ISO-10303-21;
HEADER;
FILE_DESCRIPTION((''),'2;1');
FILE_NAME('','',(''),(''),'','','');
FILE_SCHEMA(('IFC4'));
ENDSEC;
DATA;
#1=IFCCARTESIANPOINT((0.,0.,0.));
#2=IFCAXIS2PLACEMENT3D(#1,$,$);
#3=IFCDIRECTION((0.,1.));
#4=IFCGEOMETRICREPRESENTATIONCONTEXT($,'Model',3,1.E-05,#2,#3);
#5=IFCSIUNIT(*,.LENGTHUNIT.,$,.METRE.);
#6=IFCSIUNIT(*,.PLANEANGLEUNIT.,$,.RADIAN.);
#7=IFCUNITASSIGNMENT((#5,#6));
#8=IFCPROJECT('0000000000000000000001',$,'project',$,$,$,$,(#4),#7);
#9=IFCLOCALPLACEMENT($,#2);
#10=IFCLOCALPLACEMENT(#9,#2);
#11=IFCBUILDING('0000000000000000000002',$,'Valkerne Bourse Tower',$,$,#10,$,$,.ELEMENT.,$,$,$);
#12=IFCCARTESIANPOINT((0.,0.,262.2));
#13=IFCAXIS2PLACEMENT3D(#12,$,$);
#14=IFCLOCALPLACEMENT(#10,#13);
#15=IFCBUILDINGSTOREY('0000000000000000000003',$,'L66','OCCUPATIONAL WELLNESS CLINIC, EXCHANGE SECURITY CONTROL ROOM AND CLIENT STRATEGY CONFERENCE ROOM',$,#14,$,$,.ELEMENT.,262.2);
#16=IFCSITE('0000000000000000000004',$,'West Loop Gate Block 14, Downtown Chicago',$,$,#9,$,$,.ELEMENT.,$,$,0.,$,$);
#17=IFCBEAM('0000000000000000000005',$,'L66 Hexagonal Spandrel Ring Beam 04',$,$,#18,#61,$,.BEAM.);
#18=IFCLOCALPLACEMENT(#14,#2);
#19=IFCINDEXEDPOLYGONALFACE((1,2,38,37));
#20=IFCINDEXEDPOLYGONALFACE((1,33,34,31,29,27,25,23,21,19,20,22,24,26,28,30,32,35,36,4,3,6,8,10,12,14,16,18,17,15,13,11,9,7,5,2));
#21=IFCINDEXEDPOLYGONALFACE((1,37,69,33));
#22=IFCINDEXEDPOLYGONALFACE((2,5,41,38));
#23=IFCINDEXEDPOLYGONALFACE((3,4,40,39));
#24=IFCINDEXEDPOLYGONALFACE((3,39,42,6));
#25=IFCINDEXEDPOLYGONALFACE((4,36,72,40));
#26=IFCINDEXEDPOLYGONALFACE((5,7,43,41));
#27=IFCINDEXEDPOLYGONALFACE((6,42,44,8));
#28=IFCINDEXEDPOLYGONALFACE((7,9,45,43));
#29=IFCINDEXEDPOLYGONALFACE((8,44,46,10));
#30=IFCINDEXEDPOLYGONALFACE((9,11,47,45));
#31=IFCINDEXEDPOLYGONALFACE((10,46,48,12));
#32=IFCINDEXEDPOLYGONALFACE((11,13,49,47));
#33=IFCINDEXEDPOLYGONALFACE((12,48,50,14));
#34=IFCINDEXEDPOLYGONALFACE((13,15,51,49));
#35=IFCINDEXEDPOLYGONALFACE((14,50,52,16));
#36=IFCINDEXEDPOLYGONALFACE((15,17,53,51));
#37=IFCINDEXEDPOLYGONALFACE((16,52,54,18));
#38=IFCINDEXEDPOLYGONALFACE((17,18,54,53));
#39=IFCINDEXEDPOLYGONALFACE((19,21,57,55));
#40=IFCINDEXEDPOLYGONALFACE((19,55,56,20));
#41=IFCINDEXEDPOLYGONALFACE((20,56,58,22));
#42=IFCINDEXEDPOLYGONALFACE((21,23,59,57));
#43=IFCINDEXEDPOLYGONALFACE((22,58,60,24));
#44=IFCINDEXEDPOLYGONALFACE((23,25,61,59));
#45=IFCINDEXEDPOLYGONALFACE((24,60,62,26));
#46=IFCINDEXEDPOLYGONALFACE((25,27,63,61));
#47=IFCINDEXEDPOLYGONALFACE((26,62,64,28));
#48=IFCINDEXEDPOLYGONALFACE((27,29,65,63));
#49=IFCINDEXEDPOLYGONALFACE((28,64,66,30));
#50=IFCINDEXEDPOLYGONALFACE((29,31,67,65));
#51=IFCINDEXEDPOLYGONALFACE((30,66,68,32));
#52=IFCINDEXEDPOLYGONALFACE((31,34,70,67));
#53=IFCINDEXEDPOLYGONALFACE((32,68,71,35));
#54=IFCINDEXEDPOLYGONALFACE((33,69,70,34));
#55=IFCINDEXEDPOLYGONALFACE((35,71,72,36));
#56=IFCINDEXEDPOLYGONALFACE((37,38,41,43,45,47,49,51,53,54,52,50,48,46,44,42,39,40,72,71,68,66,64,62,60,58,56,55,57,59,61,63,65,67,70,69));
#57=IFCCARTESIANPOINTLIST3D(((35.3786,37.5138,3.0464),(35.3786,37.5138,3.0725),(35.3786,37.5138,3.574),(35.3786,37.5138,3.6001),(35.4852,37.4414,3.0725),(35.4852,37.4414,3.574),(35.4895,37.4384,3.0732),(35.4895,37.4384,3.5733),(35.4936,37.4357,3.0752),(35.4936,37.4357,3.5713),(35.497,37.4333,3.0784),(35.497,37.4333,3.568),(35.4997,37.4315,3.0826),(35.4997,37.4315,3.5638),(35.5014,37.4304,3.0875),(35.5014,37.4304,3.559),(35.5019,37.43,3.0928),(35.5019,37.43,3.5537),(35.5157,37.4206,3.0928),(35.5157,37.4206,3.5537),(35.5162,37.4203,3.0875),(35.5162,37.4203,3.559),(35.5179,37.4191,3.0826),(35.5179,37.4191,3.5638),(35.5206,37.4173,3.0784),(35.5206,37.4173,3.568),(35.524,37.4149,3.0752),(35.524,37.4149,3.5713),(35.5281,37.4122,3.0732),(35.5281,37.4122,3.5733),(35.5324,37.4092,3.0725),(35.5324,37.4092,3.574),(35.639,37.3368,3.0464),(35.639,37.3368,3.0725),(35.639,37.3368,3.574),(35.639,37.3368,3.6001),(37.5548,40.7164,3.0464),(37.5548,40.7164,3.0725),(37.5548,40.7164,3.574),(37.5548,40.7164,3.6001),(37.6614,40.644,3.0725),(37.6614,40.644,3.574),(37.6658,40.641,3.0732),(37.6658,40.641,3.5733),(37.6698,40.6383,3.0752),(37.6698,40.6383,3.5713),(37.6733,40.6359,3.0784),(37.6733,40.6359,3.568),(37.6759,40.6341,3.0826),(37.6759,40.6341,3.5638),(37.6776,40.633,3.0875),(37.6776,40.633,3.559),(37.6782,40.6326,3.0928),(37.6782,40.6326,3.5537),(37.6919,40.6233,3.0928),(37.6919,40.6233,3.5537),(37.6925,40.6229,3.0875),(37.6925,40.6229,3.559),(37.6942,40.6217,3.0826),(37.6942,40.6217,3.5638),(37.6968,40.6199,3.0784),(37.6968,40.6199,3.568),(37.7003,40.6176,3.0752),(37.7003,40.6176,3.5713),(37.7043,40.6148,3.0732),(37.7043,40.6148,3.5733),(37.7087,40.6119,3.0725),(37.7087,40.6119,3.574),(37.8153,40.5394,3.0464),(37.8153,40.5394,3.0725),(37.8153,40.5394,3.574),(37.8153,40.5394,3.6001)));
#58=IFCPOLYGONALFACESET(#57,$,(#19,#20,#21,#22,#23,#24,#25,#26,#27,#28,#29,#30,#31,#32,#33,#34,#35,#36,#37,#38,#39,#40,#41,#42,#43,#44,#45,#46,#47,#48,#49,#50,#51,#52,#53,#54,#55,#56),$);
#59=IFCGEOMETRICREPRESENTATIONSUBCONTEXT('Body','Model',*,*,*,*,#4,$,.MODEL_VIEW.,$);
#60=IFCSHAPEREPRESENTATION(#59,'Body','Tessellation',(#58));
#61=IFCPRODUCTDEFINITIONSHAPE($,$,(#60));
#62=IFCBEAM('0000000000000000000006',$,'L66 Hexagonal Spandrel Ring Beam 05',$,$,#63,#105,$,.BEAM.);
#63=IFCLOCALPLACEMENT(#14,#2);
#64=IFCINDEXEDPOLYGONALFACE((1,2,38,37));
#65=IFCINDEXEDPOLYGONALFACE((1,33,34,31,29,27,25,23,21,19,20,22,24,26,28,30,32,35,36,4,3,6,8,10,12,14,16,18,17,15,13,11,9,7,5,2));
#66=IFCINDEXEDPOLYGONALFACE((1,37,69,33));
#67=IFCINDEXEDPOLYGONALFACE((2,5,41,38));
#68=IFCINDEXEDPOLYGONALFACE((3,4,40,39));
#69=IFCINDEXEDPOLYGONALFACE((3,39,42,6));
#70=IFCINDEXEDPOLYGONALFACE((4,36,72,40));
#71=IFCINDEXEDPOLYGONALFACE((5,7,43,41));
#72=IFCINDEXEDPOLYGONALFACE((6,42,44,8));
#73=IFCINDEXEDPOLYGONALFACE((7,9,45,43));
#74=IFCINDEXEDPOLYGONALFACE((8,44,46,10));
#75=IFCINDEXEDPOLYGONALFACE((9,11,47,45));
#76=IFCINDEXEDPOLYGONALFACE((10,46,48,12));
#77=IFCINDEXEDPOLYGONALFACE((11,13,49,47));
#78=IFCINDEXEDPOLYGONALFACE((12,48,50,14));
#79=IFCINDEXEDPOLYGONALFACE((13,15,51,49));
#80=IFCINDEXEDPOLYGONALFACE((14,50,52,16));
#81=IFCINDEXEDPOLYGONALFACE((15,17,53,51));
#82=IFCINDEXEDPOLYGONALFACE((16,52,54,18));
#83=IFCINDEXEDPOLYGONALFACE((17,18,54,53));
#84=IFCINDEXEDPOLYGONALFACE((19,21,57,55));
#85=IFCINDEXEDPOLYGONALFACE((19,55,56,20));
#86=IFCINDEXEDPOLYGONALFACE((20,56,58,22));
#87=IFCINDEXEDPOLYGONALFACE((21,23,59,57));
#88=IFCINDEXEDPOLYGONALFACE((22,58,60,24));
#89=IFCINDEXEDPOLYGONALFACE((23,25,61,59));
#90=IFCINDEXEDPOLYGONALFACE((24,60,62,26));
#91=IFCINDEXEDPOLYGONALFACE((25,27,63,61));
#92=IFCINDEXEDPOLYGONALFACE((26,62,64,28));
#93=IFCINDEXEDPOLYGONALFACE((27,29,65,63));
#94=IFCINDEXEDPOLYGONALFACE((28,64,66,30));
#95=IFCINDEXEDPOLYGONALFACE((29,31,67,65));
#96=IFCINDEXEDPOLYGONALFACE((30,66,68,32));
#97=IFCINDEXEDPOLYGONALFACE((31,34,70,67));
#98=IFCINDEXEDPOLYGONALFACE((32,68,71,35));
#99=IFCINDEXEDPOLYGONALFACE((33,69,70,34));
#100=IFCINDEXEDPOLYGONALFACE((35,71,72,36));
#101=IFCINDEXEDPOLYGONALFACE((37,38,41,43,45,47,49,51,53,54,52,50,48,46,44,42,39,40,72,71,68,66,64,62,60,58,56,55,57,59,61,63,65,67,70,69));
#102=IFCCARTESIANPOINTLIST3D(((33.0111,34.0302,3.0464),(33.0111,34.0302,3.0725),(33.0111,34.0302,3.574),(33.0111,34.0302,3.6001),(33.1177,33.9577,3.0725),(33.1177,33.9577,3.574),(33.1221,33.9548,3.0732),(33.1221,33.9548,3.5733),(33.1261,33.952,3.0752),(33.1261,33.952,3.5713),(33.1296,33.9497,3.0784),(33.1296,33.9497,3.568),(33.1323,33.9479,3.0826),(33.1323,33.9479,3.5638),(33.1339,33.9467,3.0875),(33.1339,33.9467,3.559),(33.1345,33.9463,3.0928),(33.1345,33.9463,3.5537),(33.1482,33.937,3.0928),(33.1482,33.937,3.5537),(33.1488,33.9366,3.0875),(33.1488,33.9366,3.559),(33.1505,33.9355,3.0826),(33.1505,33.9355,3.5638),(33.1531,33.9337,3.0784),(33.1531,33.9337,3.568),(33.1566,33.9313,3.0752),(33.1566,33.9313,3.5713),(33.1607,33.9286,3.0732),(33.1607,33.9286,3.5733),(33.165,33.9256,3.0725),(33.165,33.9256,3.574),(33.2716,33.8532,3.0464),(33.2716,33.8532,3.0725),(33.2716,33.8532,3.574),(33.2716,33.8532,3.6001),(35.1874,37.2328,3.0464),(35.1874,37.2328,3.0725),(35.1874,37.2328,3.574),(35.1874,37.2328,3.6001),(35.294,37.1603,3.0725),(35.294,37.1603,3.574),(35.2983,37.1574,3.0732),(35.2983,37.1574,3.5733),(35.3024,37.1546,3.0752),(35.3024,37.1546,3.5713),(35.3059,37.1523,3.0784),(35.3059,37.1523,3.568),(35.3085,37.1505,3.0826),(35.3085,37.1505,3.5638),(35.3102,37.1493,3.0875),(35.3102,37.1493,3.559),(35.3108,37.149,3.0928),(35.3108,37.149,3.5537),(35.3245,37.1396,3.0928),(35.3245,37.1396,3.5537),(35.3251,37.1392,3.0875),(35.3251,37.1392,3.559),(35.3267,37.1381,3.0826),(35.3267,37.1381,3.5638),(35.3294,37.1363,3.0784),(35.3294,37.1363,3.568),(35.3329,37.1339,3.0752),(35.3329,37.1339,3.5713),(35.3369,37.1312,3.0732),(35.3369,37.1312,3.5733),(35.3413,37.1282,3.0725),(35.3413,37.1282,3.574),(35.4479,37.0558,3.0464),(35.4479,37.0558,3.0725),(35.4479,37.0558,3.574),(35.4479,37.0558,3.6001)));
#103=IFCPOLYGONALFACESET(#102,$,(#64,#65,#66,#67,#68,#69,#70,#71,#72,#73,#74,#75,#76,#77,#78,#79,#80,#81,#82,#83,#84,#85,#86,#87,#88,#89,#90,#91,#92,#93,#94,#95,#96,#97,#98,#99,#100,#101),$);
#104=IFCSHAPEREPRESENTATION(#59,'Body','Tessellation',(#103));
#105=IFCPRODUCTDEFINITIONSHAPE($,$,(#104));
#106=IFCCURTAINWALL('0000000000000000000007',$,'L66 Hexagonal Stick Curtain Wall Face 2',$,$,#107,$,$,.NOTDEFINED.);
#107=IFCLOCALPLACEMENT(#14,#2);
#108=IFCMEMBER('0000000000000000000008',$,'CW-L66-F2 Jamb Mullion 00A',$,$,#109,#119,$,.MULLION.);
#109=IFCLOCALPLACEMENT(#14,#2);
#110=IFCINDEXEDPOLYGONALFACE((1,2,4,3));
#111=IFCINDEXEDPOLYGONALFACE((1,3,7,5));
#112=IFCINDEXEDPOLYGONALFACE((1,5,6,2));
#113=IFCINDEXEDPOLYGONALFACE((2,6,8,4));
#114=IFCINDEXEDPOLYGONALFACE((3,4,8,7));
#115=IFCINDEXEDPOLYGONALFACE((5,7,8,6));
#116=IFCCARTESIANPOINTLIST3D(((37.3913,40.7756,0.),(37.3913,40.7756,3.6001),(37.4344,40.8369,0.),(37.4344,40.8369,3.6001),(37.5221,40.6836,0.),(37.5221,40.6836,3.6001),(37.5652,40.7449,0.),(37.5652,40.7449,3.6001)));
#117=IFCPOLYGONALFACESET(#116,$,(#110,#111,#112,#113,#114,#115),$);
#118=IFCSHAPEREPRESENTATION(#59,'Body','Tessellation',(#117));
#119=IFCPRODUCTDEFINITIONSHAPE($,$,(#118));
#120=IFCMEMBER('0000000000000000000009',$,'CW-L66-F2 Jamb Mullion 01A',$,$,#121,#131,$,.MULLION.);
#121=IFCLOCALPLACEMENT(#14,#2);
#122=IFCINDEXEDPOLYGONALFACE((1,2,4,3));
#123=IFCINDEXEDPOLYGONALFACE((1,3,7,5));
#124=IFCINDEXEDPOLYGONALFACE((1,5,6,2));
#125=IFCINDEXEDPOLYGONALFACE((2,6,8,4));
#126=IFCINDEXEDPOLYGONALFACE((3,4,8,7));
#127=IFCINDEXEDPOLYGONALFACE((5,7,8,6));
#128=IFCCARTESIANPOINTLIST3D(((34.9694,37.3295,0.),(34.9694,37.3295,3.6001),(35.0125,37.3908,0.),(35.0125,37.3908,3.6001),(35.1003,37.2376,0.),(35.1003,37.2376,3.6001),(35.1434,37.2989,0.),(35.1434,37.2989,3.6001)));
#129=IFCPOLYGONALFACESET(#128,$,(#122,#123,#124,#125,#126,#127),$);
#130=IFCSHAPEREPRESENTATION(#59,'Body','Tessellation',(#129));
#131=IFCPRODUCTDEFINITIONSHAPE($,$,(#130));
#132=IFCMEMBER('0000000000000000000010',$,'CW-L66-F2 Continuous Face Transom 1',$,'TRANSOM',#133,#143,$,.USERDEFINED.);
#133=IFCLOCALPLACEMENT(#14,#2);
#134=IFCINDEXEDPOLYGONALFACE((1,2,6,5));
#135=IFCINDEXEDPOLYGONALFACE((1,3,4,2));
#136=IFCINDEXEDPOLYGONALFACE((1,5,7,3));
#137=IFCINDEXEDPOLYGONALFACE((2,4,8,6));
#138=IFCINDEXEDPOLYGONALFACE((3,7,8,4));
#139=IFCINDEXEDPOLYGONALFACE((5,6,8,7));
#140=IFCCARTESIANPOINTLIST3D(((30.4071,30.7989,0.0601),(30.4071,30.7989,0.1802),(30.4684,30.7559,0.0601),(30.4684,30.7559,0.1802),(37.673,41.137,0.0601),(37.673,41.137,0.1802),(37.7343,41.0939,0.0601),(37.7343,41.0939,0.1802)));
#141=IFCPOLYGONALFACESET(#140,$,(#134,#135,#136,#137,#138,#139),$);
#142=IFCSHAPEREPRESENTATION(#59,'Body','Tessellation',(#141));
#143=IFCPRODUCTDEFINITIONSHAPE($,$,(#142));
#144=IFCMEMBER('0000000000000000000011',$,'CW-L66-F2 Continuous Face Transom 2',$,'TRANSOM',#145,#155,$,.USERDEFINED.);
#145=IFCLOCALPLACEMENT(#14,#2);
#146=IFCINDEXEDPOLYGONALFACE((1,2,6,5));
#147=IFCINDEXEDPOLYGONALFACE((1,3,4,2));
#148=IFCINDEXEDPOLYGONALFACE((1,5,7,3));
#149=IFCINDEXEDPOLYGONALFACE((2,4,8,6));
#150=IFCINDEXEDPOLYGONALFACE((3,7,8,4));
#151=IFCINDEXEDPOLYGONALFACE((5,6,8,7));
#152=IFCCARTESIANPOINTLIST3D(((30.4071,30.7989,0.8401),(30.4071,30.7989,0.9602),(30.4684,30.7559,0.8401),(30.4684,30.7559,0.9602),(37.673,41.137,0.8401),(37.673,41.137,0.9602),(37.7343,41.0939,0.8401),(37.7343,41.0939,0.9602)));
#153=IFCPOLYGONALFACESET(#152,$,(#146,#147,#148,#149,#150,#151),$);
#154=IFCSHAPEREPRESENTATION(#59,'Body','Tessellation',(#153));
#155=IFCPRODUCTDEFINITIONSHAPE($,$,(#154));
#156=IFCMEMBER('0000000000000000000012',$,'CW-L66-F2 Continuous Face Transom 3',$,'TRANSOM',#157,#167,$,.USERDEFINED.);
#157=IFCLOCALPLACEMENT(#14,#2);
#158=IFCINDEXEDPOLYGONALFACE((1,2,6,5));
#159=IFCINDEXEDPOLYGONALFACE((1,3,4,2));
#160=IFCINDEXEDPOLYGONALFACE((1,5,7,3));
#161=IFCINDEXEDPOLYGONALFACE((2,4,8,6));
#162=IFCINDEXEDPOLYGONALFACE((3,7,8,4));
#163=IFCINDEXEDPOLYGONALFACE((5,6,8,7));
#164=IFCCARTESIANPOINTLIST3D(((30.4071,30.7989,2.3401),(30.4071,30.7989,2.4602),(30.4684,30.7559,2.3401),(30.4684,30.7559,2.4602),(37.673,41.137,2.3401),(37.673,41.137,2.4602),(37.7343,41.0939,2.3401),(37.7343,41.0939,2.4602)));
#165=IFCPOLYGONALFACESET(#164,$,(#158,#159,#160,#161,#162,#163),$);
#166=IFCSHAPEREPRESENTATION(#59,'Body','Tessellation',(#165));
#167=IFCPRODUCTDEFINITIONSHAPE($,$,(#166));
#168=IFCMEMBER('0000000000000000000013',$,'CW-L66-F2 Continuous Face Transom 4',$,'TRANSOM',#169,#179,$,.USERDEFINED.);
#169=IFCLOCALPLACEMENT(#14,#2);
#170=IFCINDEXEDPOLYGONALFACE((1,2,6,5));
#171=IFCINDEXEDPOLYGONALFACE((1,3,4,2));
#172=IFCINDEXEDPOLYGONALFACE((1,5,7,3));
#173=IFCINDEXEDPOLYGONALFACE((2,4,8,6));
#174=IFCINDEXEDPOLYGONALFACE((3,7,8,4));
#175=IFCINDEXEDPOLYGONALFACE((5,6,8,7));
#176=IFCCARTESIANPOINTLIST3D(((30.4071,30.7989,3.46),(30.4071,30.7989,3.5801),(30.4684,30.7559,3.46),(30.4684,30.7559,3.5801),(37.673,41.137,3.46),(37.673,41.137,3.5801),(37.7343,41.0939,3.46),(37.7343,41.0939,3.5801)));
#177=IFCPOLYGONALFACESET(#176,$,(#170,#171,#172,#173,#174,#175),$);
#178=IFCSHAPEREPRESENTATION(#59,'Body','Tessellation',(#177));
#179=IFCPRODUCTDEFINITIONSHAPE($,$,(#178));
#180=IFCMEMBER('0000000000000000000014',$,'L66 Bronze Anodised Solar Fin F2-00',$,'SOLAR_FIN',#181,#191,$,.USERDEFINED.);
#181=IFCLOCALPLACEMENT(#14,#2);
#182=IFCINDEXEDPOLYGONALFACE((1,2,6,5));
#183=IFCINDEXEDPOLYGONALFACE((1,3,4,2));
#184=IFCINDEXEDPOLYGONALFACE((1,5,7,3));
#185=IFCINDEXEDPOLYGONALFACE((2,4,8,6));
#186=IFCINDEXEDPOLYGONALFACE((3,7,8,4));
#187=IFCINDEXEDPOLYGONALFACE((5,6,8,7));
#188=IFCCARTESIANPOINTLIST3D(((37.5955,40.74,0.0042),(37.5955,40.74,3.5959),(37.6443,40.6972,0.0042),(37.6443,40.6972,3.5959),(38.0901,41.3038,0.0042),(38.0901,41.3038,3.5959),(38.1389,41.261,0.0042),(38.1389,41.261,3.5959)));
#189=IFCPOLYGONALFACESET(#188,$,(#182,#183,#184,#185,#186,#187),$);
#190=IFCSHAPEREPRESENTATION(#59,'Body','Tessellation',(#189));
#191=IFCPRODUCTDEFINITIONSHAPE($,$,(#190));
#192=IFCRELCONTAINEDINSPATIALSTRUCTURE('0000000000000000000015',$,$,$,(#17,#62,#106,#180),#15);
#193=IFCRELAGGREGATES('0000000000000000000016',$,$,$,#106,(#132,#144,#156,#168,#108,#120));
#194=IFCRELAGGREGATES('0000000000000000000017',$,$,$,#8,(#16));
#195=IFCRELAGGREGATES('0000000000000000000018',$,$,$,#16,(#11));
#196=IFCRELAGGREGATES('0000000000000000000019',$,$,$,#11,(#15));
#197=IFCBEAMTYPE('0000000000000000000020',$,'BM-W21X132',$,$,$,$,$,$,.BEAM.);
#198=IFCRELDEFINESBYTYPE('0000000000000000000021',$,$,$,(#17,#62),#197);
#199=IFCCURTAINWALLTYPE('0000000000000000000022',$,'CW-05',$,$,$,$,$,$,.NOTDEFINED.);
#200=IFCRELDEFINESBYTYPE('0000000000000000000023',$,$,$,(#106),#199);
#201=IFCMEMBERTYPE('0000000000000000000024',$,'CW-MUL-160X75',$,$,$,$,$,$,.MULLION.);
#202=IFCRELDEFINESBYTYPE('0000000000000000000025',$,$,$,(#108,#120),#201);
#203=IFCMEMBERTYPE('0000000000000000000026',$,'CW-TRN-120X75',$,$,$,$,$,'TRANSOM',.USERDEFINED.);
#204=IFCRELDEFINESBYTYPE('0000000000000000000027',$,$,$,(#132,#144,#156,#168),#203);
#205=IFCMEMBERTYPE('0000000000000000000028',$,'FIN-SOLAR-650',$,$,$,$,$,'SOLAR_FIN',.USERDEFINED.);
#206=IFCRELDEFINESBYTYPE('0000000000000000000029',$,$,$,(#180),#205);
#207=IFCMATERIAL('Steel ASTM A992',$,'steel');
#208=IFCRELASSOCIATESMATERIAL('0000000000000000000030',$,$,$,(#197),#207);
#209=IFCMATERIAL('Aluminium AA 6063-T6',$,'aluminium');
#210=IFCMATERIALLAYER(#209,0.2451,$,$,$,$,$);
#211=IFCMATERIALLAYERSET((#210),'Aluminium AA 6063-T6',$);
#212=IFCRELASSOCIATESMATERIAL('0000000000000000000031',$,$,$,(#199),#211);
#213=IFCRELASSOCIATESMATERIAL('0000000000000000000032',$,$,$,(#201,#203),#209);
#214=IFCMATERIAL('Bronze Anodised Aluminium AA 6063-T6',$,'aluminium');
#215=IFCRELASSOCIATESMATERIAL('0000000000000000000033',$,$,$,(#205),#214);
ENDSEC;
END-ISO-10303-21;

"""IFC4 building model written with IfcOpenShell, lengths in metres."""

from ifc_helpers import new_model, si_unit, direction, frame, origin, origin_2d, place, context, subcontext, project, spatial, rectangle, i_section, extrude, material, layer, layer_set, material_profile, profile_set, type_object, element, aggregate, save


model = new_model("IFC4")

# Units and contexts
model_context = context("Model", 3, precision=1e-05, world=origin(), true_north=direction((0.0, 1.0)))
body_context = subcontext(model_context, "Body", "Model", "MODEL_VIEW")
ifc_project = project(units=[si_unit("LENGTHUNIT", "METRE"), si_unit("PLANEANGLEUNIT", "RADIAN")], contexts=[model_context])

# Site, building, storey
site_placement = place(None, origin())
site = spatial("IfcSite", under=ifc_project, at=site_placement, Name="West Loop Gate Block 14, Downtown Chicago", CompositionType="ELEMENT", RefElevation=0.0)
building_placement = place(site_placement, origin())
building = spatial("IfcBuilding", under=site, at=building_placement, Name="Valkerne Bourse Tower", CompositionType="ELEMENT")
storey_placement = place(building_placement, frame((0.0, 0.0, 262.2)))
storey = spatial("IfcBuildingStorey", under=building, at=storey_placement, Name="L66", Description="OCCUPATIONAL WELLNESS CLINIC, EXCHANGE SECURITY CONTROL ROOM AND CLIENT STRATEGY CONFERENCE ROOM", CompositionType="ELEMENT", Elevation=262.2)

# Beams
ifc_material_1 = material(Name="Steel ASTM A992", Category="steel")
ifc_material_profile_1 = material_profile(ifc_material_1, i_section(OverallWidth=0.3149, OverallDepth=0.5537, WebThickness=0.0166, FlangeThickness=0.0261, FilletRadius=0.0203, at=origin_2d()), Name="W21X132")
ifc_profile_set_1 = profile_set([ifc_material_profile_1], Name="Steel ASTM A992")
beam_type_1 = type_object("IfcBeamType", Name="BM-W21X132", PredefinedType="BEAM", material=ifc_profile_set_1)
for number, where, z_axis, x_axis, name in (
    (1, (37.6851, 40.6279, 3.3232), (-0.562041, -0.827109, 0.0), (0.827109, -0.562041, 0.0), "L66 Hexagonal Spandrel Ring Beam 04"),
    (2, (35.3176, 37.1443, 3.3232), (-0.562041, -0.827109, 0.0), (0.827109, -0.562041, 0.0), "L66 Hexagonal Spandrel Ring Beam 05"),
):
    element("IfcBeam", number, at=place(storey_placement, frame(where, z_axis=z_axis, x_axis=x_axis)), inside=storey, type_object=beam_type_1, Name=name, PredefinedType="BEAM", context=body_context, shape_type="SweptSolid", body=[
        extrude(i_section(OverallWidth=0.3149, OverallDepth=0.5537, WebThickness=0.0166, FlangeThickness=0.0261, FilletRadius=0.0203, at=origin_2d()), origin(), (0.0, 0.0, 1.0), 3.8721),
    ])

# Curtain wall, members
ifc_material_2 = material(Name="Aluminium AA 6063-T6", Category="aluminium")
ifc_layer_1 = layer(ifc_material_2, 0.2451)
ifc_layer_set_1 = layer_set([ifc_layer_1], Name="Aluminium AA 6063-T6")
curtain_wall_type = type_object("IfcCurtainWallType", Name="CW-05", PredefinedType="NOTDEFINED", material=ifc_layer_set_1)
curtain_wall_placement = place(storey_placement, origin())
curtain_wall = element("IfcCurtainWall", 3, at=curtain_wall_placement, inside=storey, type_object=curtain_wall_type, Name="L66 Hexagonal Stick Curtain Wall Face 2", PredefinedType="NOTDEFINED")
ifc_material_profile_2 = material_profile(ifc_material_2, rectangle(XDim=0.075, YDim=0.1599, at=origin_2d()), Name="CWM-75X160")
ifc_profile_set_2 = profile_set([ifc_material_profile_2], Name="Aluminium AA 6063-T6")
member_type_1 = type_object("IfcMemberType", Name="CW-MUL-160X75", PredefinedType="MULLION", material=ifc_profile_set_2)
member_1_placement = place(storey_placement, frame((37.4783, 40.7603, 0.0), z_axis=(0.0, 0.0, 1.0), x_axis=(-0.575007, -0.818149, 0.0)))
member_1 = element("IfcMember", 4, at=member_1_placement, type_object=member_type_1, Name="CW-L66-F2 Jamb Mullion 00A", PredefinedType="MULLION", context=body_context, shape_type="SweptSolid", body=[
    extrude(rectangle(XDim=0.075, YDim=0.1599, at=origin_2d()), origin(), (0.0, 0.0, 1.0), 3.6001),
])
member_2_placement = place(storey_placement, frame((35.0564, 37.3142, 0.0), z_axis=(0.0, 0.0, 1.0), x_axis=(-0.574996, -0.818156, 0.0)))
member_2 = element("IfcMember", 5, at=member_2_placement, type_object=member_type_1, Name="CW-L66-F2 Jamb Mullion 01A", PredefinedType="MULLION", context=body_context, shape_type="SweptSolid", body=[
    extrude(rectangle(XDim=0.075, YDim=0.1599, at=origin_2d()), origin(), (0.0, 0.0, 1.0), 3.6001),
])
ifc_material_profile_3 = material_profile(ifc_material_2, rectangle(XDim=0.075, YDim=0.1201, at=origin_2d()), Name="CWT-75X120")
ifc_profile_set_3 = profile_set([ifc_material_profile_3], Name="Aluminium AA 6063-T6")
member_type_2 = type_object("IfcMemberType", Name="CW-TRN-120X75", ElementType="TRANSOM", PredefinedType="USERDEFINED", material=ifc_profile_set_3)
member_3_placement = place(storey_placement, frame((37.7036, 41.1155, 0.1201), z_axis=(-0.575011, -0.818146, 0.0), x_axis=(0.818146, -0.575011, 0.0)))
member_3 = element("IfcMember", 6, at=member_3_placement, type_object=member_type_2, Name="CW-L66-F2 Continuous Face Transom 1", ObjectType="TRANSOM", PredefinedType="USERDEFINED", context=body_context, shape_type="SweptSolid", body=[
    extrude(rectangle(XDim=0.075, YDim=0.1201, at=origin_2d()), origin(), (0.0, 0.0, 1.0), 12.636),
])
member_4_placement = place(storey_placement, frame((37.7036, 41.1155, 0.9001), z_axis=(-0.575011, -0.818146, 0.0), x_axis=(0.818146, -0.575011, 0.0)))
member_4 = element("IfcMember", 7, at=member_4_placement, type_object=member_type_2, Name="CW-L66-F2 Continuous Face Transom 2", ObjectType="TRANSOM", PredefinedType="USERDEFINED", context=body_context, shape_type="SweptSolid", body=[
    extrude(rectangle(XDim=0.075, YDim=0.1201, at=origin_2d()), origin(), (0.0, 0.0, 1.0), 12.636),
])
member_5_placement = place(storey_placement, frame((37.7036, 41.1155, 2.4001), z_axis=(-0.575011, -0.818146, 0.0), x_axis=(0.818146, -0.575011, 0.0)))
member_5 = element("IfcMember", 8, at=member_5_placement, type_object=member_type_2, Name="CW-L66-F2 Continuous Face Transom 3", ObjectType="TRANSOM", PredefinedType="USERDEFINED", context=body_context, shape_type="SweptSolid", body=[
    extrude(rectangle(XDim=0.075, YDim=0.1201, at=origin_2d()), origin(), (0.0, 0.0, 1.0), 12.636),
])
member_6_placement = place(storey_placement, frame((37.7036, 41.1155, 3.52), z_axis=(-0.575011, -0.818146, 0.0), x_axis=(0.818146, -0.575011, 0.0)))
member_6 = element("IfcMember", 9, at=member_6_placement, type_object=member_type_2, Name="CW-L66-F2 Continuous Face Transom 4", ObjectType="TRANSOM", PredefinedType="USERDEFINED", context=body_context, shape_type="SweptSolid", body=[
    extrude(rectangle(XDim=0.075, YDim=0.1201, at=origin_2d()), origin(), (0.0, 0.0, 1.0), 12.636),
])

# Member
ifc_material_3 = material(Name="Bronze Anodised Aluminium AA 6063-T6", Category="aluminium")
ifc_material_profile_4 = material_profile(ifc_material_3, rectangle(XDim=0.0649, YDim=0.75, at=origin_2d()), Name="FIN-65X750")
ifc_profile_set_4 = profile_set([ifc_material_profile_4], Name="Bronze Anodised Aluminium AA 6063-T6")
member_type_3 = type_object("IfcMemberType", Name="FIN-SOLAR-650", ElementType="SOLAR_FIN", PredefinedType="USERDEFINED", material=ifc_profile_set_4)
member_7_placement = place(storey_placement, frame((37.8672, 41.0005, 0.0042), z_axis=(0.0, 0.0, 1.0), x_axis=(-0.751733, 0.659468, 0.0)))
element("IfcMember", 10, at=member_7_placement, inside=storey, type_object=member_type_3, Name="L66 Bronze Anodised Solar Fin F2-00", ObjectType="SOLAR_FIN", PredefinedType="USERDEFINED", context=body_context, shape_type="SweptSolid", body=[
    extrude(rectangle(XDim=0.0649, YDim=0.75, at=origin_2d()), origin(), (0.0, 0.0, 1.0), 3.5918),
])

aggregate(curtain_wall, [member_3, member_4, member_5, member_6, member_1, member_2])

save(model, "model.ifc")
